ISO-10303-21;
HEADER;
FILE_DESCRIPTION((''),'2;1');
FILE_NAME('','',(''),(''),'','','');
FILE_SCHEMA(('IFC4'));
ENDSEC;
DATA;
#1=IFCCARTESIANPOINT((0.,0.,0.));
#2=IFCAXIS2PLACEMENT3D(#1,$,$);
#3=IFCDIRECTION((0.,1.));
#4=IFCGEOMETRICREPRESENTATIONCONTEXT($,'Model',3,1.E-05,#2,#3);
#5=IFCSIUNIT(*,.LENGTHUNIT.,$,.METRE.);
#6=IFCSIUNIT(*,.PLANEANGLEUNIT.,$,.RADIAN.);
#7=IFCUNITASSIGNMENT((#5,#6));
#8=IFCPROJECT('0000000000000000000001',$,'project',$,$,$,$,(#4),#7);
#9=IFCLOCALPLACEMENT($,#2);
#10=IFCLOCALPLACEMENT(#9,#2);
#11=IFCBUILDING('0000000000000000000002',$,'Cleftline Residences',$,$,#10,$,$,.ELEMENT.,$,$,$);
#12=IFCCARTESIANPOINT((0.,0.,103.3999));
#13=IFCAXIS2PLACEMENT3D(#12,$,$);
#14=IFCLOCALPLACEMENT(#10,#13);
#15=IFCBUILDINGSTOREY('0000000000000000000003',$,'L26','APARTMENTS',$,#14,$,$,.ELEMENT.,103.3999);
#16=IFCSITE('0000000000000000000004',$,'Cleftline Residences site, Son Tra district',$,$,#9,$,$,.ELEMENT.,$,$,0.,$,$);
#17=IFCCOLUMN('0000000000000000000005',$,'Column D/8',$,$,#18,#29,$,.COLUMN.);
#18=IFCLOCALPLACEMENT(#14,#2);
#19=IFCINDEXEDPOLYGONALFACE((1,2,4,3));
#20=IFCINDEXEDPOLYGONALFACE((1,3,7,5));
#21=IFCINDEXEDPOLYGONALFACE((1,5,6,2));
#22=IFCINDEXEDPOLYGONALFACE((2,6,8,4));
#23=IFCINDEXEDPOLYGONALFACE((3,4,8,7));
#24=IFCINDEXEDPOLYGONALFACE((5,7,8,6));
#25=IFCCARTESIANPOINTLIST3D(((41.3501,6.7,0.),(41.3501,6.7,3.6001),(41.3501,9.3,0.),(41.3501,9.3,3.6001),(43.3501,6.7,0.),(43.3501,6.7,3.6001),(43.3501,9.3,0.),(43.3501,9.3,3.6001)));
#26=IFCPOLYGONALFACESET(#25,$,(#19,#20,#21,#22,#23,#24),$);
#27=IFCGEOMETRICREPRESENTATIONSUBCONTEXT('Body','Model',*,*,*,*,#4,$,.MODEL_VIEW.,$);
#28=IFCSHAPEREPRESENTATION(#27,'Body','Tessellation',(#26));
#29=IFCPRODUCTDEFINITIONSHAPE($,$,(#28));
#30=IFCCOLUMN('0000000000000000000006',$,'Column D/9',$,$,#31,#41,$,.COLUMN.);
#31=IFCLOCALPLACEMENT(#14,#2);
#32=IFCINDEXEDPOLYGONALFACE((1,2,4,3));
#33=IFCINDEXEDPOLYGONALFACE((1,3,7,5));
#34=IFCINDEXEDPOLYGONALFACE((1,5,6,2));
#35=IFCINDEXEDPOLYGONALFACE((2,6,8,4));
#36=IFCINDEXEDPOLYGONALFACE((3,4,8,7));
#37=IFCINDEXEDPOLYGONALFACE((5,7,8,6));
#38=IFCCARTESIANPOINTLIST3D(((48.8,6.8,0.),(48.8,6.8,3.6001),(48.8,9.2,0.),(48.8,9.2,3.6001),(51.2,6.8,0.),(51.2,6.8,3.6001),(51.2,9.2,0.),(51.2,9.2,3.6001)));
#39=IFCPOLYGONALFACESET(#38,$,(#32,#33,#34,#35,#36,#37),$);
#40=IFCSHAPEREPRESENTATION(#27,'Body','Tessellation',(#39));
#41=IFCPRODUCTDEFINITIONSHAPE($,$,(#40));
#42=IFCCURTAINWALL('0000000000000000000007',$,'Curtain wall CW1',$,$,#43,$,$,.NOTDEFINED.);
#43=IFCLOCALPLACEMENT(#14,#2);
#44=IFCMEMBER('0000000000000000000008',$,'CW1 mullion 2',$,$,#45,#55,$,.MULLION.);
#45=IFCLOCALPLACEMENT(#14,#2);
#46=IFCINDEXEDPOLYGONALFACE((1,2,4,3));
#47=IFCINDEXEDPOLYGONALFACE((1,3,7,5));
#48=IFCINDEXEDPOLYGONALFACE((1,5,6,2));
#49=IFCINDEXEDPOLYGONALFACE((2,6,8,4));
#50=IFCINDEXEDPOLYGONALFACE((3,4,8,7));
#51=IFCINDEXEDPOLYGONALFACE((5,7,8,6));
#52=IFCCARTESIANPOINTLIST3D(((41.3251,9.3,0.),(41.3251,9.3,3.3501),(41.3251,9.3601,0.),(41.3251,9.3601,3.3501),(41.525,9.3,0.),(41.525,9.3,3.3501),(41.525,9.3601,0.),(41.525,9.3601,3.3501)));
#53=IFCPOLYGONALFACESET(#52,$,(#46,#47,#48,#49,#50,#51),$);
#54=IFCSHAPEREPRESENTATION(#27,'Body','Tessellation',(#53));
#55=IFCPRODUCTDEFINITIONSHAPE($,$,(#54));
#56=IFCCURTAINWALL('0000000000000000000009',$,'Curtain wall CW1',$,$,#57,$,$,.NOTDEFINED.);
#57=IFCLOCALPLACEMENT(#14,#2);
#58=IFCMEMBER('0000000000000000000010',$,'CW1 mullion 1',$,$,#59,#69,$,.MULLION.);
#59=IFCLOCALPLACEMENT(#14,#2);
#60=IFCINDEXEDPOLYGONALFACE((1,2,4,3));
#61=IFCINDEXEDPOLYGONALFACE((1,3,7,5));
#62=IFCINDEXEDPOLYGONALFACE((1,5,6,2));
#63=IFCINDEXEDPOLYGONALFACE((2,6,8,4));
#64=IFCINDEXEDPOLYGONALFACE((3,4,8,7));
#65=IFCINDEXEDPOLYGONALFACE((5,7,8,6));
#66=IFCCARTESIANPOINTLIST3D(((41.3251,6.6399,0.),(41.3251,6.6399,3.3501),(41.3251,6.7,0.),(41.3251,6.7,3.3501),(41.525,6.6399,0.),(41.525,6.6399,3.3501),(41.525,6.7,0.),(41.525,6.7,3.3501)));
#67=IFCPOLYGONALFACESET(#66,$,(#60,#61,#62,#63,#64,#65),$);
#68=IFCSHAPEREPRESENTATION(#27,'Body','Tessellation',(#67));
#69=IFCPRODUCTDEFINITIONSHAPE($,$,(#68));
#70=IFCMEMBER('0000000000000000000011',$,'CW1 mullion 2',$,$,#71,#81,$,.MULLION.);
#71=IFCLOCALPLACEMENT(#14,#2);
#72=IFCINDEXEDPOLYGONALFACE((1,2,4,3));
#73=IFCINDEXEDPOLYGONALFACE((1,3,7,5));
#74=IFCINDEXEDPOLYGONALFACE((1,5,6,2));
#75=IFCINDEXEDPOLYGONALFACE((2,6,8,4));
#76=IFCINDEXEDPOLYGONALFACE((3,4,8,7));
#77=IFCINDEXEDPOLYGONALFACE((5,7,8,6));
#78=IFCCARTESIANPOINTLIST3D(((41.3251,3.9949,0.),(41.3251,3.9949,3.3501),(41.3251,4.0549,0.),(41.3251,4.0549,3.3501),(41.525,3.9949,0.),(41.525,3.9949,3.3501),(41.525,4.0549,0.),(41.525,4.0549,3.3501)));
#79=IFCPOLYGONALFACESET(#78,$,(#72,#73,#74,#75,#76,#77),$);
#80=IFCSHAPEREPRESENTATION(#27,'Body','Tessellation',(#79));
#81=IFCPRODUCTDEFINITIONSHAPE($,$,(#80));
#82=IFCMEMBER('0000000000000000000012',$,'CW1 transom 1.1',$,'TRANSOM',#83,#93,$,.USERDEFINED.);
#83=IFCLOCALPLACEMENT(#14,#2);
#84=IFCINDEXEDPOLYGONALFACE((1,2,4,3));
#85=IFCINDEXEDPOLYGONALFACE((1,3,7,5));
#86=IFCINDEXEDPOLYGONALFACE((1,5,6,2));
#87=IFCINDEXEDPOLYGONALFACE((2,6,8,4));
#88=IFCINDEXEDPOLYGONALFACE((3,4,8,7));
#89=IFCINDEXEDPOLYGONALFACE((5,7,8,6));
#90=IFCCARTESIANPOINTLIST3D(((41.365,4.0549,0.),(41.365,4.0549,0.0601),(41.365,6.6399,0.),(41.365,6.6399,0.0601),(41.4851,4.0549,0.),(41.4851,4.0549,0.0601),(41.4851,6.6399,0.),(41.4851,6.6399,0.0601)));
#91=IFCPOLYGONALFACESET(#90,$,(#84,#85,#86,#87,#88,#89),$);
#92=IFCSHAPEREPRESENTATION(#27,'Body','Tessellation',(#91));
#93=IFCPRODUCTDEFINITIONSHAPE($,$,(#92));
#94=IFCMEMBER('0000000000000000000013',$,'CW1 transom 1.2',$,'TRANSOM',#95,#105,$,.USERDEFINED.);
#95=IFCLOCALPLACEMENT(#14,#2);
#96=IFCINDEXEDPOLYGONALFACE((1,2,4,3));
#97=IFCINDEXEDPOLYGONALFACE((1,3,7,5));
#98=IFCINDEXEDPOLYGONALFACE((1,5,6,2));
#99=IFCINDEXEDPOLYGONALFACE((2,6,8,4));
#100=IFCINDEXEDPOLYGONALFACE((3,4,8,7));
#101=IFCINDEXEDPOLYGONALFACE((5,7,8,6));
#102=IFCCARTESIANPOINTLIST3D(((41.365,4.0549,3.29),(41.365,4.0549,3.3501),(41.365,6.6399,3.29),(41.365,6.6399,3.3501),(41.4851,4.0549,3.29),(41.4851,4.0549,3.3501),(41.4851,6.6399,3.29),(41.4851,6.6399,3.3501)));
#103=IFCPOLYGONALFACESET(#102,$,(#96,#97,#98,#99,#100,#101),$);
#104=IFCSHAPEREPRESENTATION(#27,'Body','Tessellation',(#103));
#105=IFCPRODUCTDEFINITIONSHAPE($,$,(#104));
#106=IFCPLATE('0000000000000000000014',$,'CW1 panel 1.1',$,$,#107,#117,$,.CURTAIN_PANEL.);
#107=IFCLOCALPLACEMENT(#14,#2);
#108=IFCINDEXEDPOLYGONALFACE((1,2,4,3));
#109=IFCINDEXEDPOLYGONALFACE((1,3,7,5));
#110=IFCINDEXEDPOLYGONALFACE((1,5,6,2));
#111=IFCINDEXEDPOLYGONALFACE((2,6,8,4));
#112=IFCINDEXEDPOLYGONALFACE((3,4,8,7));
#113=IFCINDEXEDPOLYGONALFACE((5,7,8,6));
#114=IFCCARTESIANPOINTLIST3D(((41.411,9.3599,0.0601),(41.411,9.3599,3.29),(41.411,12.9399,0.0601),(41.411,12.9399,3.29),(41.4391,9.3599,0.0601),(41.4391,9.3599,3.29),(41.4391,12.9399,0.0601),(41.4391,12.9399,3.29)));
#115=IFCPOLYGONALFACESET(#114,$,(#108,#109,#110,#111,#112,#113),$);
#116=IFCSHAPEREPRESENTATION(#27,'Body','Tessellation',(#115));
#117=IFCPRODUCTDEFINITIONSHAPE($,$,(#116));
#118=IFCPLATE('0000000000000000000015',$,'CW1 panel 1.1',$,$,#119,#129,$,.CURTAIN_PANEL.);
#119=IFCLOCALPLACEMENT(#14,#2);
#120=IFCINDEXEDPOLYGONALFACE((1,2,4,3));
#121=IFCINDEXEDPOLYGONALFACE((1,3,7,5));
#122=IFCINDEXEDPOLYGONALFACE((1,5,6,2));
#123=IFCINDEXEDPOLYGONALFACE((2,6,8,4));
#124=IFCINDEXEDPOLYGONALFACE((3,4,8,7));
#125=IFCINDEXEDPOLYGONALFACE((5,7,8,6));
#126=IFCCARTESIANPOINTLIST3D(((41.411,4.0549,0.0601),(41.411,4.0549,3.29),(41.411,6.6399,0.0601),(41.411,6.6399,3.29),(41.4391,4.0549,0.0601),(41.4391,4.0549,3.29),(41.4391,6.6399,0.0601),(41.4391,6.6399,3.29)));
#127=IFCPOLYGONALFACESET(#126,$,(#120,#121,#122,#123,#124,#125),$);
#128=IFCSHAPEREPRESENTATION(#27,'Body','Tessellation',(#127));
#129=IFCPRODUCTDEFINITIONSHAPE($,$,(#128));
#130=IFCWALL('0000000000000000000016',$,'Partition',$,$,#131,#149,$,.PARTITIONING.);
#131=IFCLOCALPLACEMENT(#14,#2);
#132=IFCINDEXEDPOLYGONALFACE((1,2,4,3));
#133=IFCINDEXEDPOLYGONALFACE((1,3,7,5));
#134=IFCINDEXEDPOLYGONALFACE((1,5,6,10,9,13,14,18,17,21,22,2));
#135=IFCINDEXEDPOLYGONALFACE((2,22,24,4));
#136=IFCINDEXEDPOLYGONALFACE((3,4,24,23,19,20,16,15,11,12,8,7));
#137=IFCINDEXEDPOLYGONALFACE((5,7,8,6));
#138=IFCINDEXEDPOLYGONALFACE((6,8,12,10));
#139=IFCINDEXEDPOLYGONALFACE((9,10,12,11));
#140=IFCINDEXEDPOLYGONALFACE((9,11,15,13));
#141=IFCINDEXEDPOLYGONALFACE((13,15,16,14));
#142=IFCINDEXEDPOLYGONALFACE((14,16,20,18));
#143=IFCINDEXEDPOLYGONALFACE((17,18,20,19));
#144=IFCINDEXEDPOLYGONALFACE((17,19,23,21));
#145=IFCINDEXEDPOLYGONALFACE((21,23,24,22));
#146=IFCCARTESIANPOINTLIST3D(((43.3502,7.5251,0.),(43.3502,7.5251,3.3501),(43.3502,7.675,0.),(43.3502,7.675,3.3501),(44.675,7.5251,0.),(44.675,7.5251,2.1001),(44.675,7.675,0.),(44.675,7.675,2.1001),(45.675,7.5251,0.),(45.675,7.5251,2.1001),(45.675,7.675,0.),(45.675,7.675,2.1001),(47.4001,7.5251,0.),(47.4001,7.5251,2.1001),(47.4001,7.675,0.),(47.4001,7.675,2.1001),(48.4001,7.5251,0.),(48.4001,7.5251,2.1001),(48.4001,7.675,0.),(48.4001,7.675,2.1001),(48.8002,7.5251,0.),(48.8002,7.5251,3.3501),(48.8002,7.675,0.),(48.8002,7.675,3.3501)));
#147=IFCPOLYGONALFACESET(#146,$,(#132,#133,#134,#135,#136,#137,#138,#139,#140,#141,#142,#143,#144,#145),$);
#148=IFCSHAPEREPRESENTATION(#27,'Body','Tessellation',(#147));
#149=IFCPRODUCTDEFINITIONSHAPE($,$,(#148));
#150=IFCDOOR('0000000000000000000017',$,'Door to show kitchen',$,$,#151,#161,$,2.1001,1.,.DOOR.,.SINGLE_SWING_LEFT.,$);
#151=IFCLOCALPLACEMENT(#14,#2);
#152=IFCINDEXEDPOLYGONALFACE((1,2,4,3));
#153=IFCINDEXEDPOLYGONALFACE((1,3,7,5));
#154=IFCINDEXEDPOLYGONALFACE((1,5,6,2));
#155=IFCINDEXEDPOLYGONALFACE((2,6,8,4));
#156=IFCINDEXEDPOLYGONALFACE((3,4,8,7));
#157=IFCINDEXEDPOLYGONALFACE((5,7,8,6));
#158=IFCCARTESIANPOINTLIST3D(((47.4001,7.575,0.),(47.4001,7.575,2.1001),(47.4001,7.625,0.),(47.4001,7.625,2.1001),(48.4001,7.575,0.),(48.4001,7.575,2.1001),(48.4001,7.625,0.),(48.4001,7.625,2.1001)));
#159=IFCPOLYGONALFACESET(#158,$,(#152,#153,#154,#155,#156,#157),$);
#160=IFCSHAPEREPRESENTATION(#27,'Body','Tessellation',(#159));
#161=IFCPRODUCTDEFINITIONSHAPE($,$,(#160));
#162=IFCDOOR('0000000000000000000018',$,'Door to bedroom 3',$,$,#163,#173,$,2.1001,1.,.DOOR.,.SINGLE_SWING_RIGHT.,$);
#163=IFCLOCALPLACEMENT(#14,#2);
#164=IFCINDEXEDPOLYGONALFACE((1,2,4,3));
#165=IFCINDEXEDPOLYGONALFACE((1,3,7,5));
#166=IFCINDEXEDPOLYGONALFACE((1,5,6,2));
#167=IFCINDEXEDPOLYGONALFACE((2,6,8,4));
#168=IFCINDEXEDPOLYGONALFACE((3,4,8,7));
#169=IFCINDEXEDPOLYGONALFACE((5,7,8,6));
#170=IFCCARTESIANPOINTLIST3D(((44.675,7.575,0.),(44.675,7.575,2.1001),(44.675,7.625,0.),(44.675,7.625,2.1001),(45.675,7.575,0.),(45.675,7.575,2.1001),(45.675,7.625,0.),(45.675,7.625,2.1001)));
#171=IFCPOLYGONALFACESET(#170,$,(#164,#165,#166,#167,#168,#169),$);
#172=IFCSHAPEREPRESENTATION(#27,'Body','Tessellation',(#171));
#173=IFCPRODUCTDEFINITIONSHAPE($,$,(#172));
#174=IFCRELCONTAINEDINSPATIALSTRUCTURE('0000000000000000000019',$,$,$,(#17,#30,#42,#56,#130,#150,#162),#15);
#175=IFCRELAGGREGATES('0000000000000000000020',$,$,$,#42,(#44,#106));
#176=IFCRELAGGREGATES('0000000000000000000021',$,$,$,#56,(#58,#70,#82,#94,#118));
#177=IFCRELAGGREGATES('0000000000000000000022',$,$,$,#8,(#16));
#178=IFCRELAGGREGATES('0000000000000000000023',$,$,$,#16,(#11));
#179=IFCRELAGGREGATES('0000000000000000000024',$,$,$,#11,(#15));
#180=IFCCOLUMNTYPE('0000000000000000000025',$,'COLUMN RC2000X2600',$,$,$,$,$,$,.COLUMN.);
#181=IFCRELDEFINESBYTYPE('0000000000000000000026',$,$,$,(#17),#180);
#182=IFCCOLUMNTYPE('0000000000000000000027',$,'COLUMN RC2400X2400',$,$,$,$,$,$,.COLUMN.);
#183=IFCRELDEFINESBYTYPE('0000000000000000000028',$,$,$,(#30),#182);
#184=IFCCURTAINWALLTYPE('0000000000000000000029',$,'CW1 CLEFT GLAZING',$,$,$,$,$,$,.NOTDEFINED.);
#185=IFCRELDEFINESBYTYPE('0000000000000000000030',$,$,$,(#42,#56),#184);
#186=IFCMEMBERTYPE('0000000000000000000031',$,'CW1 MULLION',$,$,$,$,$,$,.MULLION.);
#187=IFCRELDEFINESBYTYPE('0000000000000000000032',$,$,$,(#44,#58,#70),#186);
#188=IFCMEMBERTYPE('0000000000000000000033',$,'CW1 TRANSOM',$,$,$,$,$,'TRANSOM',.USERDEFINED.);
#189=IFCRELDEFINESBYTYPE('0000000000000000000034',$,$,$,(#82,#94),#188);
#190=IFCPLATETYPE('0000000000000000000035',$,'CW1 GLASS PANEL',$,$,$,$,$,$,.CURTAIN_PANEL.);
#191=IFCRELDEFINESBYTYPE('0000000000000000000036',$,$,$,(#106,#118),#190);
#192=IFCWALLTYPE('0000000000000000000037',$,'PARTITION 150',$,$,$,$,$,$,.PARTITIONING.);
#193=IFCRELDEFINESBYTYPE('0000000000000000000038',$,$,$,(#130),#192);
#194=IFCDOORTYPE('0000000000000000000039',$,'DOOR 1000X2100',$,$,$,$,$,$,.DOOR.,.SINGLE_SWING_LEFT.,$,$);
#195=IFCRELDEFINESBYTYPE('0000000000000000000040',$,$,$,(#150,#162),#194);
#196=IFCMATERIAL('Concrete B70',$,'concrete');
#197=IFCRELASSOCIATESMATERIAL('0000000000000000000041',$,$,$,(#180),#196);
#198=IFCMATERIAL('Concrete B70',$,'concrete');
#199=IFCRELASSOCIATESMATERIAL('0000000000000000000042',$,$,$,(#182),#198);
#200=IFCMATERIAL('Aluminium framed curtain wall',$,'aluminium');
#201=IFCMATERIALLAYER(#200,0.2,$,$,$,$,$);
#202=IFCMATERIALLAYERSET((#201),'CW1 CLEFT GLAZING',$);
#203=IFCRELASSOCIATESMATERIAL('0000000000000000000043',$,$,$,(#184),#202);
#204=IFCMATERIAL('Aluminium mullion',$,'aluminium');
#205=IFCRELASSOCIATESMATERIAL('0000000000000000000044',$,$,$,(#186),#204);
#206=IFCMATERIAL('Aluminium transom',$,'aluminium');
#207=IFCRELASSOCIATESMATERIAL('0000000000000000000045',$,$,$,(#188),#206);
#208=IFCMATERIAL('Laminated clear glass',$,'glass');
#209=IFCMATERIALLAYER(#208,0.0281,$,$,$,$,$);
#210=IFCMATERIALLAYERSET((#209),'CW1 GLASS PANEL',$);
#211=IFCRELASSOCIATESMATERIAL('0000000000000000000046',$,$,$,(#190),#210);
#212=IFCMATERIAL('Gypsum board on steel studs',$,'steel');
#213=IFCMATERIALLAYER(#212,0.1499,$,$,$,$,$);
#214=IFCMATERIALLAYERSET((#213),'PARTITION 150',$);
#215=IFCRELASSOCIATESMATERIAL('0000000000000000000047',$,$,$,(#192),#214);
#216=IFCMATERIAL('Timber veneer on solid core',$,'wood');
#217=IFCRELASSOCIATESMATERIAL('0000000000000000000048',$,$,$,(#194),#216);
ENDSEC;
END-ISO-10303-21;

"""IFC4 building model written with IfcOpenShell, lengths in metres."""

from ifc_helpers import new_model, si_unit, direction, frame, frame_2d, origin, origin_2d, place, context, subcontext, project, spatial, rectangle, extrude, material, layer, layer_set, material_profile, profile_set, type_object, element, fill, aggregate, save


model = new_model("IFC4")

# Units and contexts
model_context = context("Model", 3, precision=1e-05, world=origin(), true_north=direction((0.0, 1.0)))
body_context = subcontext(model_context, "Body", "Model", "MODEL_VIEW")
ifc_project = project(units=[si_unit("LENGTHUNIT", "METRE"), si_unit("PLANEANGLEUNIT", "RADIAN")], contexts=[model_context])

# Site, building, storey
site_placement = place(None, origin())
site = spatial("IfcSite", under=ifc_project, at=site_placement, Name="Cleftline Residences site, Son Tra district", CompositionType="ELEMENT", RefElevation=0.0)
building_placement = place(site_placement, origin())
building = spatial("IfcBuilding", under=site, at=building_placement, Name="Cleftline Residences", CompositionType="ELEMENT")
storey_placement = place(building_placement, frame((0.0, 0.0, 103.3999)))
storey = spatial("IfcBuildingStorey", under=building, at=storey_placement, Name="L26", Description="APARTMENTS", CompositionType="ELEMENT", Elevation=103.3999)

# Columns
ifc_material_1 = material(Name="Concrete B70", Category="concrete")
ifc_material_profile_1 = material_profile(ifc_material_1, rectangle(XDim=2.0, YDim=2.6001, at=origin_2d()))
ifc_profile_set_1 = profile_set([ifc_material_profile_1], Name="Concrete B70")
column_type_1 = type_object("IfcColumnType", Name="COLUMN RC2000X2600", PredefinedType="COLUMN", material=ifc_profile_set_1)
column_1_placement = place(storey_placement, frame((42.3501, 8.0, 0.0), z_axis=(0.0, 0.0, 1.0), x_axis=(1.0, 0.0, 0.0)))
element("IfcColumn", 1, at=column_1_placement, inside=storey, type_object=column_type_1, Name="Column D/8", PredefinedType="COLUMN", context=body_context, shape_type="SweptSolid", body=[
    extrude(rectangle(XDim=2.0, YDim=2.6001, at=origin_2d()), origin(), (0.0, 0.0, 1.0), 3.6001),
])
ifc_material_2 = material(Name="Concrete B70", Category="concrete")
ifc_material_profile_2 = material_profile(ifc_material_2, rectangle(XDim=2.3999, YDim=2.3999, at=origin_2d()))
ifc_profile_set_2 = profile_set([ifc_material_profile_2], Name="Concrete B70")
column_type_2 = type_object("IfcColumnType", Name="COLUMN RC2400X2400", PredefinedType="COLUMN", material=ifc_profile_set_2)
column_2_placement = place(storey_placement, frame((50.0, 8.0, 0.0), z_axis=(0.0, 0.0, 1.0), x_axis=(1.0, 0.0, 0.0)))
element("IfcColumn", 2, at=column_2_placement, inside=storey, type_object=column_type_2, Name="Column D/9", PredefinedType="COLUMN", context=body_context, shape_type="SweptSolid", body=[
    extrude(rectangle(XDim=2.3999, YDim=2.3999, at=origin_2d()), origin(), (0.0, 0.0, 1.0), 3.6001),
])

# Curtain wall, member
ifc_material_3 = material(Name="Aluminium framed curtain wall", Category="aluminium")
ifc_layer_1 = layer(ifc_material_3, 0.2)
ifc_layer_set_1 = layer_set([ifc_layer_1], Name="CW1 CLEFT GLAZING")
curtain_wall_type = type_object("IfcCurtainWallType", Name="CW1 CLEFT GLAZING", PredefinedType="NOTDEFINED", material=ifc_layer_set_1)
curtain_wall_1_placement = place(storey_placement, origin())
curtain_wall_1 = element("IfcCurtainWall", 3, at=curtain_wall_1_placement, inside=storey, type_object=curtain_wall_type, Name="Curtain wall CW1", PredefinedType="NOTDEFINED")
ifc_material_4 = material(Name="Aluminium mullion", Category="aluminium")
ifc_material_profile_3 = material_profile(ifc_material_4, rectangle(XDim=0.2, YDim=0.0601, at=origin_2d()))
ifc_profile_set_3 = profile_set([ifc_material_profile_3], Name="Aluminium mullion")
member_type_1 = type_object("IfcMemberType", Name="CW1 MULLION", PredefinedType="MULLION", material=ifc_profile_set_3)
member_1_placement = place(storey_placement, frame((41.425, 9.3301, 0.0), z_axis=(0.0, 0.0, 1.0), x_axis=(1.0, 0.0, 0.0)))
member_1 = element("IfcMember", 4, at=member_1_placement, type_object=member_type_1, Name="CW1 mullion 2", PredefinedType="MULLION", context=body_context, shape_type="SweptSolid", body=[
    extrude(rectangle(XDim=0.2, YDim=0.0601, at=origin_2d()), origin(), (0.0, 0.0, 1.0), 3.3501),
])

# Curtain wall, members
curtain_wall_2_placement = place(storey_placement, origin())
curtain_wall_2 = element("IfcCurtainWall", 5, at=curtain_wall_2_placement, inside=storey, type_object=curtain_wall_type, Name="Curtain wall CW1", PredefinedType="NOTDEFINED")
member_2_placement = place(storey_placement, frame((41.425, 6.6699, 0.0), z_axis=(0.0, 0.0, 1.0), x_axis=(1.0, 0.0, 0.0)))
member_2 = element("IfcMember", 6, at=member_2_placement, type_object=member_type_1, Name="CW1 mullion 1", PredefinedType="MULLION", context=body_context, shape_type="SweptSolid", body=[
    extrude(rectangle(XDim=0.2, YDim=0.0601, at=origin_2d()), origin(), (0.0, 0.0, 1.0), 3.3501),
])
member_3_placement = place(storey_placement, frame((41.425, 4.0249, 0.0), z_axis=(0.0, 0.0, 1.0), x_axis=(1.0, 0.0, 0.0)))
member_3 = element("IfcMember", 7, at=member_3_placement, type_object=member_type_1, Name="CW1 mullion 2", PredefinedType="MULLION", context=body_context, shape_type="SweptSolid", body=[
    extrude(rectangle(XDim=0.2, YDim=0.0601, at=origin_2d()), origin(), (0.0, 0.0, 1.0), 3.3501),
])
ifc_material_5 = material(Name="Aluminium transom", Category="aluminium")
ifc_material_profile_4 = material_profile(ifc_material_5, rectangle(XDim=0.1201, YDim=0.0601, at=origin_2d()))
ifc_profile_set_4 = profile_set([ifc_material_profile_4], Name="Aluminium transom")
member_type_2 = type_object("IfcMemberType", Name="CW1 TRANSOM", ElementType="TRANSOM", PredefinedType="USERDEFINED", material=ifc_profile_set_4)
member_4_placement = place(storey_placement, frame((41.425, 6.6399, 0.03), z_axis=(0.0, -1.0, 0.0), x_axis=(1.0, 0.0, 0.0)))
member_4 = element("IfcMember", 8, at=member_4_placement, type_object=member_type_2, Name="CW1 transom 1.1", ObjectType="TRANSOM", PredefinedType="USERDEFINED", context=body_context, shape_type="SweptSolid", body=[
    extrude(rectangle(XDim=0.1201, YDim=0.0601, at=origin_2d()), origin(), (0.0, 0.0, 1.0), 2.585),
])
member_5_placement = place(storey_placement, frame((41.425, 6.6399, 3.3201), z_axis=(0.0, -1.0, 0.0), x_axis=(1.0, 0.0, 0.0)))
member_5 = element("IfcMember", 9, at=member_5_placement, type_object=member_type_2, Name="CW1 transom 1.2", ObjectType="TRANSOM", PredefinedType="USERDEFINED", context=body_context, shape_type="SweptSolid", body=[
    extrude(rectangle(XDim=0.1201, YDim=0.0601, at=origin_2d()), origin(), (0.0, 0.0, 1.0), 2.585),
])

# Plates
ifc_material_6 = material(Name="Laminated clear glass", Category="glass")
ifc_layer_2 = layer(ifc_material_6, 0.0281)
ifc_layer_set_2 = layer_set([ifc_layer_2], Name="CW1 GLASS PANEL")
plate_type = type_object("IfcPlateType", Name="CW1 GLASS PANEL", PredefinedType="CURTAIN_PANEL", material=ifc_layer_set_2)
plate_1_placement = place(storey_placement, frame((41.425, 11.1499, 0.0601), z_axis=(0.0, 0.0, 1.0), x_axis=(0.0, -1.0, 0.0)))
plate_1 = element("IfcPlate", 10, at=plate_1_placement, type_object=plate_type, Name="CW1 panel 1.1", PredefinedType="CURTAIN_PANEL", context=body_context, shape_type="SweptSolid", body=[
    extrude(rectangle(XDim=3.5801, YDim=0.0281, at=origin_2d()), origin(), (0.0, 0.0, 1.0), 3.23),
])
aggregate(curtain_wall_1, [member_1, plate_1])
plate_2_placement = place(storey_placement, frame((41.425, 5.3474, 0.0601), z_axis=(0.0, 0.0, 1.0), x_axis=(0.0, -1.0, 0.0)))
plate_2 = element("IfcPlate", 11, at=plate_2_placement, type_object=plate_type, Name="CW1 panel 1.1", PredefinedType="CURTAIN_PANEL", context=body_context, shape_type="SweptSolid", body=[
    extrude(rectangle(XDim=2.585, YDim=0.0281, at=origin_2d()), origin(), (0.0, 0.0, 1.0), 3.23),
])
aggregate(curtain_wall_2, [member_2, member_3, member_4, member_5, plate_2])

# Wall, openings, doors
ifc_material_7 = material(Name="Gypsum board on steel studs", Category="steel")
ifc_layer_3 = layer(ifc_material_7, 0.1499)
ifc_layer_set_3 = layer_set([ifc_layer_3], Name="PARTITION 150")
wall_type = type_object("IfcWallType", Name="PARTITION 150", PredefinedType="PARTITIONING", material=ifc_layer_set_3)
wall_1_placement = place(storey_placement, frame((43.3501, 7.6001, 0.0), z_axis=(0.0, 0.0, 1.0), x_axis=(1.0, 0.0, 0.0)))
wall_1 = element("IfcWall", 12, at=wall_1_placement, inside=storey, type_object=wall_type, Name="Partition", PredefinedType="PARTITIONING", context=body_context, shape_type="SweptSolid", body=[
    extrude(rectangle(XDim=5.45, YDim=0.1499, at=frame_2d((2.7251, 0.0))), origin(), (0.0, 0.0, 1.0), 3.3501),
])
opening_1_placement = place(wall_1_placement, frame((4.05, 0.0, 0.0)))
opening_1 = element("IfcOpeningElement", 13, at=opening_1_placement, cuts=wall_1, PredefinedType="OPENING", context=body_context, shape_type="SweptSolid", body=[
    extrude(rectangle(XDim=1.0, YDim=2.1001, at=frame_2d((0.5, 1.05))), frame((0.0, 0.085, 0.0), z_axis=(0.0, -1.0, 0.0), x_axis=(1.0, 0.0, 0.0)), (0.0, 0.0, 1.0), 0.1699),
])
opening_2_placement = place(wall_1_placement, frame((1.325, 0.0, 0.0)))
opening_2 = element("IfcOpeningElement", 14, at=opening_2_placement, cuts=wall_1, PredefinedType="OPENING", context=body_context, shape_type="SweptSolid", body=[
    extrude(rectangle(XDim=1.0, YDim=2.1001, at=frame_2d((0.5, 1.05))), frame((0.0, 0.085, 0.0), z_axis=(0.0, -1.0, 0.0), x_axis=(1.0, 0.0, 0.0)), (0.0, 0.0, 1.0), 0.1699),
])
ifc_material_8 = material(Name="Timber veneer on solid core", Category="wood")
door_type_1 = type_object("IfcDoorType", Name="DOOR 1000X2100", OperationType="SINGLE_SWING_LEFT", PredefinedType="DOOR", material=ifc_material_8)
door_1_placement = place(opening_1_placement, origin())
door_1 = element("IfcDoor", 15, at=door_1_placement, inside=storey, type_object=door_type_1, Name="Door to show kitchen", OperationType="SINGLE_SWING_LEFT", OverallHeight=2.1001, OverallWidth=1.0, PredefinedType="DOOR", context=body_context, shape_type="SweptSolid", body=[
    extrude(rectangle(XDim=1.0, YDim=2.1001, at=frame_2d((0.5, 1.05))), frame((0.0, 0.0249, 0.0), z_axis=(0.0, -1.0, 0.0), x_axis=(1.0, 0.0, 0.0)), (0.0, 0.0, 1.0), 0.05),
])
fill(opening_1, door_1)
door_2_placement = place(opening_2_placement, origin())
door_2 = element("IfcDoor", 16, at=door_2_placement, inside=storey, type_object=door_type_1, Name="Door to bedroom 3", OperationType="SINGLE_SWING_RIGHT", OverallHeight=2.1001, OverallWidth=1.0, PredefinedType="DOOR", context=body_context, shape_type="SweptSolid", body=[
    extrude(rectangle(XDim=1.0, YDim=2.1001, at=frame_2d((0.5, 1.05))), frame((0.0, 0.0249, 0.0), z_axis=(0.0, -1.0, 0.0), x_axis=(1.0, 0.0, 0.0)), (0.0, 0.0, 1.0), 0.05),
])
fill(opening_2, door_2)

save(model, "model.ifc")
